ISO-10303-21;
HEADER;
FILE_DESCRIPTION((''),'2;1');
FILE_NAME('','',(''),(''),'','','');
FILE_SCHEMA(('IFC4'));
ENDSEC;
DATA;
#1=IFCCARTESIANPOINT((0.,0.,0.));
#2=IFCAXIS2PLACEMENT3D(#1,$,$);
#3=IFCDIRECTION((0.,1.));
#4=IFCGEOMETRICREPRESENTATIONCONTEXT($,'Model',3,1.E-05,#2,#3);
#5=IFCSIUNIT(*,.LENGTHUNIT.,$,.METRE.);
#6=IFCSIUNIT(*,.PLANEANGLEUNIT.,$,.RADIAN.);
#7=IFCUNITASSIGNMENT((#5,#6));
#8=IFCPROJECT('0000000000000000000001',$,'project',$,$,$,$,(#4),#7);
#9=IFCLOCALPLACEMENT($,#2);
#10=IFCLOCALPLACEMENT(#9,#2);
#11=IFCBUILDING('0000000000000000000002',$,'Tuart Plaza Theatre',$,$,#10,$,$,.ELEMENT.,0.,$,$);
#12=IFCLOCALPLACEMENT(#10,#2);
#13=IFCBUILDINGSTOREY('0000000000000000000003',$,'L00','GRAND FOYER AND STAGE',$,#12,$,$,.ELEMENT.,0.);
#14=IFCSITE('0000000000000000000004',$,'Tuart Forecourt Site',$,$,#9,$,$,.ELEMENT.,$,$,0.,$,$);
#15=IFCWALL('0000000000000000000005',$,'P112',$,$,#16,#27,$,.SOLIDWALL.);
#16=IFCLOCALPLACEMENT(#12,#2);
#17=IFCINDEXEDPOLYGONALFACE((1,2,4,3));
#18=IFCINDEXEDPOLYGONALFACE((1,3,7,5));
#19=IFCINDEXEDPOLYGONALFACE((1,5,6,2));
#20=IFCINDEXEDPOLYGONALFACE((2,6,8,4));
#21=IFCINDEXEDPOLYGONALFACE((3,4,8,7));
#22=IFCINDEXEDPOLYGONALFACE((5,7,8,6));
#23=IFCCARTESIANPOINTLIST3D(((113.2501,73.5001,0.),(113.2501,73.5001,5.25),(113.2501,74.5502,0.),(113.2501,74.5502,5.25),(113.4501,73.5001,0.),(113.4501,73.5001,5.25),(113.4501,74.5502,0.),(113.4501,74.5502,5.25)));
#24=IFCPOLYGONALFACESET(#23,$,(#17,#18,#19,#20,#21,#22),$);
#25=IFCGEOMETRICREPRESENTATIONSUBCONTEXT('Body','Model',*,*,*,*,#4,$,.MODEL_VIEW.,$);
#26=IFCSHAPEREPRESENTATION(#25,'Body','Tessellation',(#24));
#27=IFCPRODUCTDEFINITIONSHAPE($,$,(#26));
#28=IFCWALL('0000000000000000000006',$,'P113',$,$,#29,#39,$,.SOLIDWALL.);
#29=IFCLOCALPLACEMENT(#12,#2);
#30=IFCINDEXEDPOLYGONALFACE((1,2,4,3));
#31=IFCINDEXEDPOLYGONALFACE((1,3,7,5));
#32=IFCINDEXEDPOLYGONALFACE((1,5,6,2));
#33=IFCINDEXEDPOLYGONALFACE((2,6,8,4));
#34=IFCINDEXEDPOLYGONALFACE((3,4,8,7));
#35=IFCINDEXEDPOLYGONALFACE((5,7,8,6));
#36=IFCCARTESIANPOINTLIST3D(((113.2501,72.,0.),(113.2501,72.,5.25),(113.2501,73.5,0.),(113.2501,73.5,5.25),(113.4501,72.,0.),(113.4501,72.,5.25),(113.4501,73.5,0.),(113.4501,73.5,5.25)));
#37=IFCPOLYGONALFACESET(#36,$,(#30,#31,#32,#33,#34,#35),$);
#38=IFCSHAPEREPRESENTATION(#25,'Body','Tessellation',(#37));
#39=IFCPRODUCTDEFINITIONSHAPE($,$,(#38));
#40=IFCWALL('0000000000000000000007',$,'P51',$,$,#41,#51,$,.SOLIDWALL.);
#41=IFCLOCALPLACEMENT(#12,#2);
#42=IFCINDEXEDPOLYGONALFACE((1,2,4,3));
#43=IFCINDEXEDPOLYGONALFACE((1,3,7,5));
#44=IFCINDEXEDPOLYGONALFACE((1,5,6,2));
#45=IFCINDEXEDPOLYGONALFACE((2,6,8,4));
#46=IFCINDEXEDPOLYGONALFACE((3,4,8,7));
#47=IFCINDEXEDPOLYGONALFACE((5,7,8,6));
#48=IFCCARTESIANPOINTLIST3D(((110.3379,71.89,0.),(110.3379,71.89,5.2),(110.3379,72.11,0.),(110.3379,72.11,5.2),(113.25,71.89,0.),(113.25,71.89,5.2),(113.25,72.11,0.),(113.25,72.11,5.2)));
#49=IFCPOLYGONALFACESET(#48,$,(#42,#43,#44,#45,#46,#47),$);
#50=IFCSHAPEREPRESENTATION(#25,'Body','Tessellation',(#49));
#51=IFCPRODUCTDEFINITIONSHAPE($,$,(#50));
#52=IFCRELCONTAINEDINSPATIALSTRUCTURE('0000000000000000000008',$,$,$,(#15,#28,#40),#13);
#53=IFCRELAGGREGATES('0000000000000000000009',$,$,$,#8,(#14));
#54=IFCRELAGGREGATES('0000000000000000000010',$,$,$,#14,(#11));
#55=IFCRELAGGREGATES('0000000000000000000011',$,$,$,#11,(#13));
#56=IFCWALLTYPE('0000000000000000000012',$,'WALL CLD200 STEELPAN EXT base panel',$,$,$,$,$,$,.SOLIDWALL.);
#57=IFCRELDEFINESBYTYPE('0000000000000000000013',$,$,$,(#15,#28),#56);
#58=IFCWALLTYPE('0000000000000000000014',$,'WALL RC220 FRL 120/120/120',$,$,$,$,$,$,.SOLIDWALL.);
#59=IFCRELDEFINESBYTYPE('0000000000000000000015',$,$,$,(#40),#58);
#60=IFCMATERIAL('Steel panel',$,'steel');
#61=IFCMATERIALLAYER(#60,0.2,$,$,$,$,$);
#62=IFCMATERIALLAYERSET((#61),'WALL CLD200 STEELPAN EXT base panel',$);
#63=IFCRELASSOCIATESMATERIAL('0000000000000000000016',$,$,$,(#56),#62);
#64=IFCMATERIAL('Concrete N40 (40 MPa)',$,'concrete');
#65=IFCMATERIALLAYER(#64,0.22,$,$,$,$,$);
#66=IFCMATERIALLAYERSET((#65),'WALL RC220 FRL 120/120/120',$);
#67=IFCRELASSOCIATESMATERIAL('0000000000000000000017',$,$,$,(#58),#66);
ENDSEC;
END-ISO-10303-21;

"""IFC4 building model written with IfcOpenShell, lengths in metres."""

from ifc_helpers import new_model, si_unit, direction, frame, frame_2d, origin, place, context, subcontext, project, spatial, rectangle, extrude, material, layer, layer_set, type_object, element, save


model = new_model("IFC4")

# Units and contexts
model_context = context("Model", 3, precision=1e-05, world=origin(), true_north=direction((0.0, 1.0)))
body_context = subcontext(model_context, "Body", "Model", "MODEL_VIEW")
ifc_project = project(units=[si_unit("LENGTHUNIT", "METRE"), si_unit("PLANEANGLEUNIT", "RADIAN")], contexts=[model_context])

# Site, building, storey
site_placement = place(None, origin())
site = spatial("IfcSite", under=ifc_project, at=site_placement, Name="Tuart Forecourt Site", CompositionType="ELEMENT", RefElevation=0.0)
building_placement = place(site_placement, origin())
building = spatial("IfcBuilding", under=site, at=building_placement, Name="Tuart Plaza Theatre", CompositionType="ELEMENT", ElevationOfRefHeight=0.0)
storey_placement = place(building_placement, origin())
storey = spatial("IfcBuildingStorey", under=building, at=storey_placement, Name="L00", Description="GRAND FOYER AND STAGE", CompositionType="ELEMENT", Elevation=0.0)

# Walls
ifc_material_1 = material(Name="Steel panel", Category="steel")
ifc_layer_1 = layer(ifc_material_1, 0.2)
ifc_layer_set_1 = layer_set([ifc_layer_1], Name="WALL CLD200 STEELPAN EXT base panel")
wall_type_1 = type_object("IfcWallType", Name="WALL CLD200 STEELPAN EXT base panel", PredefinedType="SOLIDWALL", material=ifc_layer_set_1)
wall_1_placement = place(storey_placement, frame((113.3501, 74.55, 0.0), z_axis=(0.0, 0.0, 1.0), x_axis=(0.0, -1.0, 0.0)))
element("IfcWall", 1, at=wall_1_placement, inside=storey, type_object=wall_type_1, Name="P112", PredefinedType="SOLIDWALL", context=body_context, shape_type="SweptSolid", body=[
    extrude(rectangle(XDim=1.05, YDim=0.2, at=frame_2d((0.5249, 0.0))), origin(), (0.0, 0.0, 1.0), 5.25),
])
wall_2_placement = place(storey_placement, frame((113.3501, 73.5, 0.0), z_axis=(0.0, 0.0, 1.0), x_axis=(0.0, -1.0, 0.0)))
element("IfcWall", 2, at=wall_2_placement, inside=storey, type_object=wall_type_1, Name="P113", PredefinedType="SOLIDWALL", context=body_context, shape_type="SweptSolid", body=[
    extrude(rectangle(XDim=1.5, YDim=0.2, at=frame_2d((0.75, 0.0))), origin(), (0.0, 0.0, 1.0), 5.25),
])
ifc_material_2 = material(Name="Concrete N40 (40 MPa)", Category="concrete")
ifc_layer_2 = layer(ifc_material_2, 0.22)
ifc_layer_set_2 = layer_set([ifc_layer_2], Name="WALL RC220 FRL 120/120/120")
wall_type_2 = type_object("IfcWallType", Name="WALL RC220 FRL 120/120/120", PredefinedType="SOLIDWALL", material=ifc_layer_set_2)
wall_3_placement = place(storey_placement, frame((110.3379, 72.0, 0.0), z_axis=(0.0, 0.0, 1.0), x_axis=(1.0, 0.0, 0.0)))
element("IfcWall", 3, at=wall_3_placement, inside=storey, type_object=wall_type_2, Name="P51", PredefinedType="SOLIDWALL", context=body_context, shape_type="SweptSolid", body=[
    extrude(rectangle(XDim=2.9121, YDim=0.22, at=frame_2d((1.4561, 0.0))), origin(), (0.0, 0.0, 1.0), 5.2),
])

save(model, "model.ifc")
